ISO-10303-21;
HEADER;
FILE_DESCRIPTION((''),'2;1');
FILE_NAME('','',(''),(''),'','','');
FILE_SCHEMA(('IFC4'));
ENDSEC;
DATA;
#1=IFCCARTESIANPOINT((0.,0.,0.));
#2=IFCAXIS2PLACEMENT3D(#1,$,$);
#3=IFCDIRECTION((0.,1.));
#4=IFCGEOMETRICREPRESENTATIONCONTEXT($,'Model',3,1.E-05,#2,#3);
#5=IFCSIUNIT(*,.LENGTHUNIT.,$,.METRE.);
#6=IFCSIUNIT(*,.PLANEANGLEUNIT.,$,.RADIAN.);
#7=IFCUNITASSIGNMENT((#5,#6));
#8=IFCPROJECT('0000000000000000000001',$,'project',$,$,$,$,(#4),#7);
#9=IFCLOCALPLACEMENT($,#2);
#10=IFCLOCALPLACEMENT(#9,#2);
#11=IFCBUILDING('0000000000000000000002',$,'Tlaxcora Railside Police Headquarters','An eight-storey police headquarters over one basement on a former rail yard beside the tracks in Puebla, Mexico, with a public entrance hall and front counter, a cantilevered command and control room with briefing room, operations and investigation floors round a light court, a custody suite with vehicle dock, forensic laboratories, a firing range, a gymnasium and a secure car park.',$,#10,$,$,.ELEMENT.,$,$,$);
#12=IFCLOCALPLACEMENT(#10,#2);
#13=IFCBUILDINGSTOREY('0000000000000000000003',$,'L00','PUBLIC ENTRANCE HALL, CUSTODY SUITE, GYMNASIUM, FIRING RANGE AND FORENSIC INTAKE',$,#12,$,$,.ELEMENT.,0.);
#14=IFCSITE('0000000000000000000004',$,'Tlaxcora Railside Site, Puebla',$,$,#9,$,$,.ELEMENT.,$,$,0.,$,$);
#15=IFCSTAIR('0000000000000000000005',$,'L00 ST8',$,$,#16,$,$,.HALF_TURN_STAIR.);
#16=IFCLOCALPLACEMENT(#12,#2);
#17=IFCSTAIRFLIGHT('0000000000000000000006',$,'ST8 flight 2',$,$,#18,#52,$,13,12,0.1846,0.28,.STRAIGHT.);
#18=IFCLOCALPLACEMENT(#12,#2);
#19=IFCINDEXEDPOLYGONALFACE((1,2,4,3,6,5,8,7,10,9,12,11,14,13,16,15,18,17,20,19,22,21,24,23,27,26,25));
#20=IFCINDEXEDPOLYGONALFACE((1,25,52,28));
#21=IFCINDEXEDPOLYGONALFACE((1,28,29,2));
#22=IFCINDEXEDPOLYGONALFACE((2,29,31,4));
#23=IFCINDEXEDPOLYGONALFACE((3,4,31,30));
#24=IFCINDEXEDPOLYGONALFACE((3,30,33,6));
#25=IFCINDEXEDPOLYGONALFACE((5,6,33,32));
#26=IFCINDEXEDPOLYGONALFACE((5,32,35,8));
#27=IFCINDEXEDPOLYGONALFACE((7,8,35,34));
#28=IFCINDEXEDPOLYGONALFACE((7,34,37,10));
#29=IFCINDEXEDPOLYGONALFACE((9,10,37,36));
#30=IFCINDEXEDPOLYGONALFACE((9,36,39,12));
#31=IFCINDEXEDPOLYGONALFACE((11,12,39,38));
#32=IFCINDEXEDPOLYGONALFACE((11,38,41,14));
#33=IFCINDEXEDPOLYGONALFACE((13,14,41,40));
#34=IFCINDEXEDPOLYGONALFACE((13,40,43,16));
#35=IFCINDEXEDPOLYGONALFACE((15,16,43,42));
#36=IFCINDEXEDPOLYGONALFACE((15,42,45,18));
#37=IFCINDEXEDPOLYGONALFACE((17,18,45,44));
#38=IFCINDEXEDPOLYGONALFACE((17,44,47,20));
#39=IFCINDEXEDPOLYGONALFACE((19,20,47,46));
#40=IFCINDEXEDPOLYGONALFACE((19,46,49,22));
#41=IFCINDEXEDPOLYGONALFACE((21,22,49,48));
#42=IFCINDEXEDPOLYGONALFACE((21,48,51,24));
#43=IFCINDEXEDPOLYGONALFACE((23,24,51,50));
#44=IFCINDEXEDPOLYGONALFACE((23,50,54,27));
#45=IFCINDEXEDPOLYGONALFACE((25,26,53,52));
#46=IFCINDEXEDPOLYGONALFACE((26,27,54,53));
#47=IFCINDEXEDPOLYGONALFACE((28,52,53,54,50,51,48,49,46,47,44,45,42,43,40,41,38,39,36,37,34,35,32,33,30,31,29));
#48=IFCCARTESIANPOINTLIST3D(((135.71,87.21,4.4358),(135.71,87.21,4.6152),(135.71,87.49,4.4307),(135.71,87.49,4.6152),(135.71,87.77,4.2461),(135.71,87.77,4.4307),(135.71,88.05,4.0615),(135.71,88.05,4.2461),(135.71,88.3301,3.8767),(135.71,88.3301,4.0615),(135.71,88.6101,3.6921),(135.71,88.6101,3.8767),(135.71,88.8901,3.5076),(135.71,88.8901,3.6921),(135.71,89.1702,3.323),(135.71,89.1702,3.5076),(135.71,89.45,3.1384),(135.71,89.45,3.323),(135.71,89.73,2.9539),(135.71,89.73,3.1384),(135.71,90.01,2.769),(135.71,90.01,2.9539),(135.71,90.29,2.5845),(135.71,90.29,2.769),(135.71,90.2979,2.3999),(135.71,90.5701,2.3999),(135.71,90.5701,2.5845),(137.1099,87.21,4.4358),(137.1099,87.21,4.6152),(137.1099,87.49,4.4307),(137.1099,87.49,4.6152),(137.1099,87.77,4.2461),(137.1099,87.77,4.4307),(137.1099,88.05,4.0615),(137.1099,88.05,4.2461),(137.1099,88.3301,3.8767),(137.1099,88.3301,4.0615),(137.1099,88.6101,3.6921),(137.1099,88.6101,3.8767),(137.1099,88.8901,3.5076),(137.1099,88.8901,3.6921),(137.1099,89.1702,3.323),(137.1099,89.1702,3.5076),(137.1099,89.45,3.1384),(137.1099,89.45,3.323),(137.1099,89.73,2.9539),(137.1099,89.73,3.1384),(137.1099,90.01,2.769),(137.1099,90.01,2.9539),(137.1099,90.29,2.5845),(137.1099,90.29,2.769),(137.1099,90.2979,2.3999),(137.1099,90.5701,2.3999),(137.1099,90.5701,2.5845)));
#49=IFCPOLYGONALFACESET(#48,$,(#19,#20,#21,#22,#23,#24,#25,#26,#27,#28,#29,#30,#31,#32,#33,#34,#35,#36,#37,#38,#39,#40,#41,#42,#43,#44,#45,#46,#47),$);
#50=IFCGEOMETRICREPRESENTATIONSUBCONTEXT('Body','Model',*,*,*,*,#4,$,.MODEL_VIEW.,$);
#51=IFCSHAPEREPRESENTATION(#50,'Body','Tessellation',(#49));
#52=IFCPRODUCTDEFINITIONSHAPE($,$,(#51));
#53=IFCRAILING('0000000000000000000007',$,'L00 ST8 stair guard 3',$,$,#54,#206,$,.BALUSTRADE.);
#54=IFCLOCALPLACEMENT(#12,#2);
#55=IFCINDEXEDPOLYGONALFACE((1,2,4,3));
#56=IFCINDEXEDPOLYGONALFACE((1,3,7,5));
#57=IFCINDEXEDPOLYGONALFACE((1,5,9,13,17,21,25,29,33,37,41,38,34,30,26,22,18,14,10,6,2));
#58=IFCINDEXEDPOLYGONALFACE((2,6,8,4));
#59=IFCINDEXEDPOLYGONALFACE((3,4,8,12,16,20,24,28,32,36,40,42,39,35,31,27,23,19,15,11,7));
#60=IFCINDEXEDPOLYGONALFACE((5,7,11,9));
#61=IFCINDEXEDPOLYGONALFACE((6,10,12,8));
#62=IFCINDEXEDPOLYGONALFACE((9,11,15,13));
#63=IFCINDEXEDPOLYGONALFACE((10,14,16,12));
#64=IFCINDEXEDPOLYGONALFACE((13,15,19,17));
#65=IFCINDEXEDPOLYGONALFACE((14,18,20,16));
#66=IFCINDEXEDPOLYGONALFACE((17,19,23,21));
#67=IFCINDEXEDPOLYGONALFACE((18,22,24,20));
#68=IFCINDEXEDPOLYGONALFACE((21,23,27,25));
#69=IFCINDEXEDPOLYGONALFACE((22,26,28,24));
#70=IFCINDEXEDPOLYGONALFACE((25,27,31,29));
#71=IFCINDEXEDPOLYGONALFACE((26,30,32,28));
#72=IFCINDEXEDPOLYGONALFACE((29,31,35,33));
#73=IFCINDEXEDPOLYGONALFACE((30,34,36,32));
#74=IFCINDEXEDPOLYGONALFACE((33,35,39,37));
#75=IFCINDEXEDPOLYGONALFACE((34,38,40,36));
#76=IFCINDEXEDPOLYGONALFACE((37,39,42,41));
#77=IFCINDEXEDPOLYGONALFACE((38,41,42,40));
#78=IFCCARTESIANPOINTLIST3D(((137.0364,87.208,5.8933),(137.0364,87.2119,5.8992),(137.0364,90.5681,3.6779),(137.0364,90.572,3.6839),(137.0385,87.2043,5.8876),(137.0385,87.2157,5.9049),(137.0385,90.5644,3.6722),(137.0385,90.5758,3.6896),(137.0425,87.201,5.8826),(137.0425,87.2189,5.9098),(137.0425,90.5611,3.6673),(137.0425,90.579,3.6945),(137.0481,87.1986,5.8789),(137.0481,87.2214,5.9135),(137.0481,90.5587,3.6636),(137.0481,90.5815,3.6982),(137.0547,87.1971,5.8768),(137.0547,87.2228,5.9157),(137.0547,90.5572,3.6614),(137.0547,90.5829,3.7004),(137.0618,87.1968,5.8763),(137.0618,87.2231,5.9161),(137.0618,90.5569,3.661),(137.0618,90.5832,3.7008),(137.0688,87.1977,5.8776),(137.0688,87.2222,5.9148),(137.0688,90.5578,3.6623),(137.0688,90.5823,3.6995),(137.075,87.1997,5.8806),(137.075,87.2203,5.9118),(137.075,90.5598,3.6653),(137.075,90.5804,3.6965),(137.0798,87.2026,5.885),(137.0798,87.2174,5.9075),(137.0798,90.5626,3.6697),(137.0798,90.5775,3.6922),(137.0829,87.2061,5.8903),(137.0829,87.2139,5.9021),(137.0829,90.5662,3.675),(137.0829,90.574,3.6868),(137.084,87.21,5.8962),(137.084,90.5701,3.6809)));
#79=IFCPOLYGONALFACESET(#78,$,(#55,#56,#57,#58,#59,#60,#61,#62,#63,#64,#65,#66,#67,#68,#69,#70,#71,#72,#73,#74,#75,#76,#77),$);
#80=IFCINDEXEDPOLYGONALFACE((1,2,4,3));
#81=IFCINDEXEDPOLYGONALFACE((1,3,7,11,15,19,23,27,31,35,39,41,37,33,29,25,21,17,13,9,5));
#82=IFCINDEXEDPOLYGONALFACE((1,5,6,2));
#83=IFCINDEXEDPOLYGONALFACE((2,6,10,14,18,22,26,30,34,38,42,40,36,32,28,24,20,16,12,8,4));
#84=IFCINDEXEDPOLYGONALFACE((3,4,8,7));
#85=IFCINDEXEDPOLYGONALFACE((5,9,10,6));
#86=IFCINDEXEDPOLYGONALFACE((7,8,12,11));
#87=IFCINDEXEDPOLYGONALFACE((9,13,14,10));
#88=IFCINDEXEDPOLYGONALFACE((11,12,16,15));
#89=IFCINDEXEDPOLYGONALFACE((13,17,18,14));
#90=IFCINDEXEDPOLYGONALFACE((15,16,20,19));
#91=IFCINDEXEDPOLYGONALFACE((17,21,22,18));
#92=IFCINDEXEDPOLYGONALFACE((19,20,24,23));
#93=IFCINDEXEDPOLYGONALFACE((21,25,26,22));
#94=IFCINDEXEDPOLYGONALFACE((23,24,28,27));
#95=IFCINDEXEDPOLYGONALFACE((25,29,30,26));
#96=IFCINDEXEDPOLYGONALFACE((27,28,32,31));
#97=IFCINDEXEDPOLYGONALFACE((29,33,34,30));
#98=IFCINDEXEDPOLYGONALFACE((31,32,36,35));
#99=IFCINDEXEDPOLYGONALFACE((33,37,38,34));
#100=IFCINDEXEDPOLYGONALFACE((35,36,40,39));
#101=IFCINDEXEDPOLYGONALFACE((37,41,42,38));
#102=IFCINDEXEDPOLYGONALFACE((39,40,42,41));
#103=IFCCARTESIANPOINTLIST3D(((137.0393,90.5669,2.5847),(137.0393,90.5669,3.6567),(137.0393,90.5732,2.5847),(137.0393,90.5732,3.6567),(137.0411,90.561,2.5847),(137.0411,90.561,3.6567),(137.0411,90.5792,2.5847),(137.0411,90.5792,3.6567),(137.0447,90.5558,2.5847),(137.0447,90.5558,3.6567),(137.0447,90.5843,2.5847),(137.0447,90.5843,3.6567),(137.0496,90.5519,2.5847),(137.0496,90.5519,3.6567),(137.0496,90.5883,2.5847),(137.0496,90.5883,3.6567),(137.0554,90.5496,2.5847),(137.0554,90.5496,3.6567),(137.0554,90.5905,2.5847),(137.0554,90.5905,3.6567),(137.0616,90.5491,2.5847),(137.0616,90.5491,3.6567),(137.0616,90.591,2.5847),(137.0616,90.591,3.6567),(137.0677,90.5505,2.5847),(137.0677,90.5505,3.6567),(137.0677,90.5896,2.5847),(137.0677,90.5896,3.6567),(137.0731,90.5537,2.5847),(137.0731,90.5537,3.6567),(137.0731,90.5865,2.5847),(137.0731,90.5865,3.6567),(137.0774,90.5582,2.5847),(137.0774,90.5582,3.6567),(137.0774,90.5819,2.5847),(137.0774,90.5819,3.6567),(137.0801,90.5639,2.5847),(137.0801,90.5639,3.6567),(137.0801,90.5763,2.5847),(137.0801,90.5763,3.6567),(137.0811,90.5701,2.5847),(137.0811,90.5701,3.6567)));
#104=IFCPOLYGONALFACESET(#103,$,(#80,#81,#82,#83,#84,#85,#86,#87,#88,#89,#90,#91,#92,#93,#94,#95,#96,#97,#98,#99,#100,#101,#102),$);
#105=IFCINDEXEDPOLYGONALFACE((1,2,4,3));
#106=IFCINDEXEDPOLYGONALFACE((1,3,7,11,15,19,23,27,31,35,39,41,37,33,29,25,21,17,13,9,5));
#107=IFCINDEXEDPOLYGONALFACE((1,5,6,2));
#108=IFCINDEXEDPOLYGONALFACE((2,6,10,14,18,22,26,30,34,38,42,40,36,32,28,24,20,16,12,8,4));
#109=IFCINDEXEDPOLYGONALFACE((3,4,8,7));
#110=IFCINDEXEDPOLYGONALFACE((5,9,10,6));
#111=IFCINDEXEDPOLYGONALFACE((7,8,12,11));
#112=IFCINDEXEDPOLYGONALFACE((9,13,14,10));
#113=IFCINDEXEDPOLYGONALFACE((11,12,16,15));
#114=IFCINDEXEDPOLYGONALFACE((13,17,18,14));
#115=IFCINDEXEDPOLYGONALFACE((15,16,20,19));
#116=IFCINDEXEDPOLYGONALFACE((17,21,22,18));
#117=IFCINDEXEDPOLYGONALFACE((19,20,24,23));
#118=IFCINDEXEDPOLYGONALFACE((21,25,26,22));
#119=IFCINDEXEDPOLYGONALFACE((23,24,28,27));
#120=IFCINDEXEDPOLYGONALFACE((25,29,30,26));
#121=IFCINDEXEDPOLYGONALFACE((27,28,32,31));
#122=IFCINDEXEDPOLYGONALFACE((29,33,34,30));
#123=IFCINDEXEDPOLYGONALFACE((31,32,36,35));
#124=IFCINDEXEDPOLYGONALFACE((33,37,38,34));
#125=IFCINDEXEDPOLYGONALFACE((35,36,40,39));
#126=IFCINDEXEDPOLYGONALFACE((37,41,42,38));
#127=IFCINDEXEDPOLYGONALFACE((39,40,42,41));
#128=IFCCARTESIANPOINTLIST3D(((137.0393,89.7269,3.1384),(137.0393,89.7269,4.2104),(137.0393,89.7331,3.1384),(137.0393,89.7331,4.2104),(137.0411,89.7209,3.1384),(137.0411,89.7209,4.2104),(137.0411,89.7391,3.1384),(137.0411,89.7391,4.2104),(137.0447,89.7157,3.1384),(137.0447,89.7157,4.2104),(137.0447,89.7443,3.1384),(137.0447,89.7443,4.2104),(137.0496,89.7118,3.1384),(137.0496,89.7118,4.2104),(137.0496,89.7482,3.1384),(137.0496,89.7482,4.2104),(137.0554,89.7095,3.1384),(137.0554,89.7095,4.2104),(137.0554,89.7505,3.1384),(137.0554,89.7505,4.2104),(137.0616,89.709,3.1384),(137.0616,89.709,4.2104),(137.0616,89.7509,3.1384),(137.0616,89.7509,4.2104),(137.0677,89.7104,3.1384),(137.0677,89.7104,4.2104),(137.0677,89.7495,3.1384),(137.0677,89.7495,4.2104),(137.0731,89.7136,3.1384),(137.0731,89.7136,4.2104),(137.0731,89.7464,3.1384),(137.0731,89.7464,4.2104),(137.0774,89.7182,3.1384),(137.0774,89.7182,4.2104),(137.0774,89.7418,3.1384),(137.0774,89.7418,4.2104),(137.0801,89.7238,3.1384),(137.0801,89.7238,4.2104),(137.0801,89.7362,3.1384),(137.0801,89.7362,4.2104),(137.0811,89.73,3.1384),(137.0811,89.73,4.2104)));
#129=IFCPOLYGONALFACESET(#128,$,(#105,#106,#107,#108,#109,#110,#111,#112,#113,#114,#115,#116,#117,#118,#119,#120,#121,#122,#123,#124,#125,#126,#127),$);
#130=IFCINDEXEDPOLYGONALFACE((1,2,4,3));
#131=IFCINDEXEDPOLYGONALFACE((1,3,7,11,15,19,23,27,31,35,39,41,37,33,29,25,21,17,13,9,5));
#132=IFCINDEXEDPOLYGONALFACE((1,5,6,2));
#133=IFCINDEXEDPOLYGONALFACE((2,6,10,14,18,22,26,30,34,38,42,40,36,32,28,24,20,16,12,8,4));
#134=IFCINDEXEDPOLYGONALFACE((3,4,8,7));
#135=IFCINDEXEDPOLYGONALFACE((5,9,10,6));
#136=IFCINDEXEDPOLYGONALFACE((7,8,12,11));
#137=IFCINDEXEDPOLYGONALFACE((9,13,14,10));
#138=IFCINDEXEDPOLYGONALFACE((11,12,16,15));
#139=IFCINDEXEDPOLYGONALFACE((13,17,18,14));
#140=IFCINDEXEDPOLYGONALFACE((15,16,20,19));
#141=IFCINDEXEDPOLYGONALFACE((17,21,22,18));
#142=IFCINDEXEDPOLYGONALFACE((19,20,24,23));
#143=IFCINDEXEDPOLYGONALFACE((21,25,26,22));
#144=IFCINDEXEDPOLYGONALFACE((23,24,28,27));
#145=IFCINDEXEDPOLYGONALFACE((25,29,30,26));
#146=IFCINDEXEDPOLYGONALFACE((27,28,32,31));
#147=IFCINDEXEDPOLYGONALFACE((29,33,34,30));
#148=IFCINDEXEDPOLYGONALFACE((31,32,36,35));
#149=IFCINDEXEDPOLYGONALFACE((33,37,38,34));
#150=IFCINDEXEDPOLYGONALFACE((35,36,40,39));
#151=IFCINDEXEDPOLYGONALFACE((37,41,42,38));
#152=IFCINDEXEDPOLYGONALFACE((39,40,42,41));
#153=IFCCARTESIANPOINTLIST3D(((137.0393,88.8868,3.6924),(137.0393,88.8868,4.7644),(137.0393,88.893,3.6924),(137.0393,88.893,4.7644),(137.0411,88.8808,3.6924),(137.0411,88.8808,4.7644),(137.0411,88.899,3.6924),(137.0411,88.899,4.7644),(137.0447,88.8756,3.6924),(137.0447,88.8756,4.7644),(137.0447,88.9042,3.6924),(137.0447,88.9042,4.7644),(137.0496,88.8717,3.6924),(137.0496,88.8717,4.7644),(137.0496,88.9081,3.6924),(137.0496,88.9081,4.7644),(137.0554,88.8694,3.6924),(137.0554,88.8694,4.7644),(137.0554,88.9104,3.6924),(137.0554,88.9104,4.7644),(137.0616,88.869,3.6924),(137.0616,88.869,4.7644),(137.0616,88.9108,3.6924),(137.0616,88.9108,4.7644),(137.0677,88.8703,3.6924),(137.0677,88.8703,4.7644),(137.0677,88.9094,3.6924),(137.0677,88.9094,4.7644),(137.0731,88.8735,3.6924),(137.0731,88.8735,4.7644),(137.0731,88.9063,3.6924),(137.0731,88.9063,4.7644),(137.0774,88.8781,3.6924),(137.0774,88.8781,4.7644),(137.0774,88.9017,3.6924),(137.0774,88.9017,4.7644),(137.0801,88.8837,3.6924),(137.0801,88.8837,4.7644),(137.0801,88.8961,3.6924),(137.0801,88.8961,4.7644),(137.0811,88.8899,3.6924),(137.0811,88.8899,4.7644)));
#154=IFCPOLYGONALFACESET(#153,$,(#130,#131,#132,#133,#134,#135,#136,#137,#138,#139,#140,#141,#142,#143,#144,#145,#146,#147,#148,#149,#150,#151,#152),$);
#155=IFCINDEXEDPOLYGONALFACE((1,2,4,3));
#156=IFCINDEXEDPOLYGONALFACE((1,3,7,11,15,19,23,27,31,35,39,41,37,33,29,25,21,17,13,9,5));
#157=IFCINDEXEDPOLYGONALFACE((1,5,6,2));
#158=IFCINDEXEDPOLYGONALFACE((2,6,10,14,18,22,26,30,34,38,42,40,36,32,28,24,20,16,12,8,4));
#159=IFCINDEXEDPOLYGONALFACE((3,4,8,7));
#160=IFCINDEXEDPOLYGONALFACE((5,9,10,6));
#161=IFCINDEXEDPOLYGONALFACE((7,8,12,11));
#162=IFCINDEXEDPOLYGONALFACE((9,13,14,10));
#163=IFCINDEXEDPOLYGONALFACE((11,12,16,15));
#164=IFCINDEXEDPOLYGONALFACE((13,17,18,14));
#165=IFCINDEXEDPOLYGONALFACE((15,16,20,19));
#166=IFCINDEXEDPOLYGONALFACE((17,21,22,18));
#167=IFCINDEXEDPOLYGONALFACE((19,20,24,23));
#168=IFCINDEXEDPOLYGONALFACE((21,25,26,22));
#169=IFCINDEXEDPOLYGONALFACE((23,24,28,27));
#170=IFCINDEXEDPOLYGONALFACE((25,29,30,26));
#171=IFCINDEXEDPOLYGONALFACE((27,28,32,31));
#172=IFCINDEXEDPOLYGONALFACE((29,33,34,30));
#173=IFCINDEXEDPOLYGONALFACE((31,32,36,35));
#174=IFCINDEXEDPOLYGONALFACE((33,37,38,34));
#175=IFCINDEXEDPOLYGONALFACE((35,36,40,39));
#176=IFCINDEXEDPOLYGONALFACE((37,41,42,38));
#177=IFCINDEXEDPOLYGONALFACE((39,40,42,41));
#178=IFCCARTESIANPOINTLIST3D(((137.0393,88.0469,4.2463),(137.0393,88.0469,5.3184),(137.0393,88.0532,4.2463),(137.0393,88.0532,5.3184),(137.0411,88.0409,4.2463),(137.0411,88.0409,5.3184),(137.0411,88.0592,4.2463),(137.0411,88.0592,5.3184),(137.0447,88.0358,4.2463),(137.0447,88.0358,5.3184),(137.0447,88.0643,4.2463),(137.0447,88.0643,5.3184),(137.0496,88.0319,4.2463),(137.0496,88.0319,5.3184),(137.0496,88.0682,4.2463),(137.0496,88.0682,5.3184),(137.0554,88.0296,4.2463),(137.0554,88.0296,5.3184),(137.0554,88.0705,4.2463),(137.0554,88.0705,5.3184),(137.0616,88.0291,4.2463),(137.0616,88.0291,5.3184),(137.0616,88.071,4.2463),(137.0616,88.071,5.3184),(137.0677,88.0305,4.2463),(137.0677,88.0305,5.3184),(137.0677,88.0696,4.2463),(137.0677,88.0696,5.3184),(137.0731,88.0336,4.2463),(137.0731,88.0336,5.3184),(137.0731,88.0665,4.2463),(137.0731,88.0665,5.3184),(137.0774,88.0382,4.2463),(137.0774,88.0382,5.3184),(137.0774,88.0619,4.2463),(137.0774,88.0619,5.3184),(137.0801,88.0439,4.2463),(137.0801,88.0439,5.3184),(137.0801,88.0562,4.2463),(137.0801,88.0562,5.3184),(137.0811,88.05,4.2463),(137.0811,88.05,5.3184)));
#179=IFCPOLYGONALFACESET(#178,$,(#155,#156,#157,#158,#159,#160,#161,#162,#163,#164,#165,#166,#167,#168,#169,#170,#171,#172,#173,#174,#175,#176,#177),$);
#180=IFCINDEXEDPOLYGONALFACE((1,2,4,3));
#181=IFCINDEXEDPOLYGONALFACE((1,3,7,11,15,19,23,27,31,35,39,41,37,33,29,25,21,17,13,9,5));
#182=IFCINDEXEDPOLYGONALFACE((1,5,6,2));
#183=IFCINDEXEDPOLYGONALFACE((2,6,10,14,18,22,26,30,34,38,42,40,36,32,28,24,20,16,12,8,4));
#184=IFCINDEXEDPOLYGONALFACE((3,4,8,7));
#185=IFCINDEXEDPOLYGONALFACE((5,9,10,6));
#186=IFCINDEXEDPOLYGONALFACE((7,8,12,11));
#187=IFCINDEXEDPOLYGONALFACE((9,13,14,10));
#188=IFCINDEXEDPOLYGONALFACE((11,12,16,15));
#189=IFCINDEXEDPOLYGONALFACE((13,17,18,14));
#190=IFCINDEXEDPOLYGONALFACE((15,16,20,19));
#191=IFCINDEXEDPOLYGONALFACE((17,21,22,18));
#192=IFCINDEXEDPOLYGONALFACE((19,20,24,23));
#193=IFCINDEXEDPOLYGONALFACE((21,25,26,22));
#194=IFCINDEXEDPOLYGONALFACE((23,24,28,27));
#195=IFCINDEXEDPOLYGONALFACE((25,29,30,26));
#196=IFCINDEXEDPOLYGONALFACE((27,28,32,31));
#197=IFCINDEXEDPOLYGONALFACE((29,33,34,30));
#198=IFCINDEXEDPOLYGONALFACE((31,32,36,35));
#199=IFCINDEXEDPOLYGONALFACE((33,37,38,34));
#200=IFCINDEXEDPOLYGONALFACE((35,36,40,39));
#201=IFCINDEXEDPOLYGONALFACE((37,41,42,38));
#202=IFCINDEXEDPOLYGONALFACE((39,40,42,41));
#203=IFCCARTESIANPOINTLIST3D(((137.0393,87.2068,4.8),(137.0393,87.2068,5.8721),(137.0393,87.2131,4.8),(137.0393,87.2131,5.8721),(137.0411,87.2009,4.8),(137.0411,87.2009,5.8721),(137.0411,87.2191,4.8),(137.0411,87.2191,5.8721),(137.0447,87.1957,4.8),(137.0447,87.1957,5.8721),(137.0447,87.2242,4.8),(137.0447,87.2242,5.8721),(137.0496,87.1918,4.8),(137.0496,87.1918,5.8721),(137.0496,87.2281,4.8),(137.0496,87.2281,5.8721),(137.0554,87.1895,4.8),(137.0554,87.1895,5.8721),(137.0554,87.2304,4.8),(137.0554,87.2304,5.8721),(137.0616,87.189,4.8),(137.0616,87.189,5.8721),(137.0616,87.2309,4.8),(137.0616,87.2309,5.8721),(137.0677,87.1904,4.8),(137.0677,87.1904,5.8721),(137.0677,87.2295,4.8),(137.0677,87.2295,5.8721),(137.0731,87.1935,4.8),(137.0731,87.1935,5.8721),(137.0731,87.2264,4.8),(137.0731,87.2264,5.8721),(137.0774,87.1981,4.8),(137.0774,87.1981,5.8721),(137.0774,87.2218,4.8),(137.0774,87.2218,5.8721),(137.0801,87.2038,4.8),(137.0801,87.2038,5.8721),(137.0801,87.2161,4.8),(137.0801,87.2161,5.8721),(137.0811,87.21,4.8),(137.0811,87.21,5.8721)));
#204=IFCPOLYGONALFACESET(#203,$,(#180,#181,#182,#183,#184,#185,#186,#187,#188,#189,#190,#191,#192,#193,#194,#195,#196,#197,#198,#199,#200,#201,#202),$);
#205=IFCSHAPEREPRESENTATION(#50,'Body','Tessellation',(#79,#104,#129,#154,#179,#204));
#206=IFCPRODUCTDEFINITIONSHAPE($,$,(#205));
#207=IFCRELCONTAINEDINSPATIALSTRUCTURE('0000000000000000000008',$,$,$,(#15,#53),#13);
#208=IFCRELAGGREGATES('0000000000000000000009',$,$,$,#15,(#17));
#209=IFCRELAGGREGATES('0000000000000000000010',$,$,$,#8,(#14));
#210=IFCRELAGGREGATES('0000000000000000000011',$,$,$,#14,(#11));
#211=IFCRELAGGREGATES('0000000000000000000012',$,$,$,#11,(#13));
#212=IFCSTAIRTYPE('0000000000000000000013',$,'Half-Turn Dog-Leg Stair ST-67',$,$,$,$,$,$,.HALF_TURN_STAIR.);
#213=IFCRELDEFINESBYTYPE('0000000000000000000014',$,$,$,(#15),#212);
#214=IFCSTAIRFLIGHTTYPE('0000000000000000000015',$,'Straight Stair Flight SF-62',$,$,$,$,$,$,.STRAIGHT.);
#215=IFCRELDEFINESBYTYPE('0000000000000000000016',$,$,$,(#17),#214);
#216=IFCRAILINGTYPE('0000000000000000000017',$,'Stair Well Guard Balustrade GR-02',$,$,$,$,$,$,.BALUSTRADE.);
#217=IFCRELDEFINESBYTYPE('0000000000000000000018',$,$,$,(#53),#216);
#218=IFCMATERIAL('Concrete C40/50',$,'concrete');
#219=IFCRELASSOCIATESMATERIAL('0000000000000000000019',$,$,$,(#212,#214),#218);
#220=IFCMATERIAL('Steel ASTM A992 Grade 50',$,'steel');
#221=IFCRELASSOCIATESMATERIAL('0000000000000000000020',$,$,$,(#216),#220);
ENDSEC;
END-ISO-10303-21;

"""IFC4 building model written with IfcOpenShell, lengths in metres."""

from ifc_helpers import new_model, si_unit, direction, frame, origin, origin_2d, place, context, subcontext, project, spatial, polyline, circle, outline, extrude, material, type_object, element, aggregate, save


model = new_model("IFC4")

# Units and contexts
model_context = context("Model", 3, precision=1e-05, world=origin(), true_north=direction((0.0, 1.0)))
body_context = subcontext(model_context, "Body", "Model", "MODEL_VIEW")
ifc_project = project(units=[si_unit("LENGTHUNIT", "METRE"), si_unit("PLANEANGLEUNIT", "RADIAN")], contexts=[model_context])

# Site, building, storey
site_placement = place(None, origin())
site = spatial("IfcSite", under=ifc_project, at=site_placement, Name="Tlaxcora Railside Site, Puebla", CompositionType="ELEMENT", RefElevation=0.0)
building_placement = place(site_placement, origin())
building = spatial("IfcBuilding", under=site, at=building_placement, Name="Tlaxcora Railside Police Headquarters", Description="An eight-storey police headquarters over one basement on a former rail yard beside the tracks in Puebla, Mexico, with a public entrance hall and front counter, a cantilevered command and control room with briefing room, operations and investigation floors round a light court, a custody suite with vehicle dock, forensic laboratories, a firing range, a gymnasium and a secure car park.", CompositionType="ELEMENT")
storey_placement = place(building_placement, origin())
storey = spatial("IfcBuildingStorey", under=building, at=storey_placement, Name="L00", Description="PUBLIC ENTRANCE HALL, CUSTODY SUITE, GYMNASIUM, FIRING RANGE AND FORENSIC INTAKE", CompositionType="ELEMENT", Elevation=0.0)

# Shared definitions
ifc_material_1 = material(Name="Concrete C40/50", Category="concrete")

# Shared definitions
ifc_material_2 = material(Name="Steel ASTM A992 Grade 50", Category="steel")

# Stair, stair flight
stair_type = type_object("IfcStairType", Name="Half-Turn Dog-Leg Stair ST-67", PredefinedType="HALF_TURN_STAIR", material=ifc_material_1)
stair_placement = place(storey_placement, origin())
stair = element("IfcStair", 1, at=stair_placement, inside=storey, type_object=stair_type, Name="L00 ST8", PredefinedType="HALF_TURN_STAIR")
stair_flight_type = type_object("IfcStairFlightType", Name="Straight Stair Flight SF-62", PredefinedType="STRAIGHT", material=ifc_material_1)
stair_flight_placement = place(storey_placement, frame((136.4099, 90.5701, 2.3999), z_axis=(0.0, 0.0, 1.0), x_axis=(0.0, -1.0, 0.0)))
stair_flight = element("IfcStairFlight", 2, at=stair_flight_placement, type_object=stair_flight_type, Name="ST8 flight 2", NumberOfRisers=13, NumberOfTreads=12, PredefinedType="STRAIGHT", RiserHeight=0.1846, TreadLength=0.28, context=body_context, shape_type="SweptSolid", body=[
    extrude(outline(polyline([(0.0, 0.0), (0.0, 0.1846), (0.28, 0.1846), (0.28, 0.3691), (0.5601, 0.3691), (0.5601, 0.554), (0.8401, 0.554), (0.8401, 0.7385), (1.1201, 0.7385), (1.1201, 0.9231), (1.3999, 0.9231), (1.3999, 1.1077), (1.6799, 1.1077), (1.6799, 1.2922), (1.96, 1.2922), (1.96, 1.4768), (2.24, 1.4768), (2.24, 1.6616), (2.52, 1.6616), (2.52, 1.8462), (2.8, 1.8462), (2.8, 2.0308), (3.0801, 2.0308), (3.0801, 2.2153), (3.3601, 2.2153), (3.3601, 2.3999), (3.3601, 2.0359), (0.2722, 0.0), (0.0, 0.0)])), frame((0.0, 0.7, 0.0), z_axis=(0.0, -1.0, 0.0), x_axis=(1.0, 0.0, 0.0)), (0.0, 0.0, 1.0), 1.3999),
])
aggregate(stair, [stair_flight])

# Railing
railing_type_1 = type_object("IfcRailingType", Name="Stair Well Guard Balustrade GR-02", PredefinedType="BALUSTRADE", material=ifc_material_2)
railing_1_placement = place(storey_placement, frame((137.0601, 90.5701, 2.5847)))
element("IfcRailing", 3, at=railing_1_placement, inside=storey, type_object=railing_type_1, Name="L00 ST8 stair guard 3", PredefinedType="BALUSTRADE", context=body_context, shape_type="SweptSolid", body=[
    extrude(circle(Radius=0.0239, at=origin_2d()), frame((0.0, 0.0, 1.0962), z_axis=(0.0, -0.834876, 0.550437), x_axis=(1.0, 0.0, 0.0)), (0.0, 0.0, 1.0), 4.0247),
    extrude(circle(Radius=0.021, at=origin_2d()), origin(), (0.0, 0.0, 1.0), 1.072),
    extrude(circle(Radius=0.021, at=origin_2d()), frame((0.0, -0.8401, 0.5537)), (0.0, 0.0, 1.0), 1.072),
    extrude(circle(Radius=0.021, at=origin_2d()), frame((0.0, -1.6802, 1.1077)), (0.0, 0.0, 1.0), 1.072),
    extrude(circle(Radius=0.021, at=origin_2d()), frame((0.0, -2.52, 1.6616)), (0.0, 0.0, 1.0), 1.072),
    extrude(circle(Radius=0.021, at=origin_2d()), frame((0.0, -3.3601, 2.2153)), (0.0, 0.0, 1.0), 1.072),
])

save(model, "model.ifc")
